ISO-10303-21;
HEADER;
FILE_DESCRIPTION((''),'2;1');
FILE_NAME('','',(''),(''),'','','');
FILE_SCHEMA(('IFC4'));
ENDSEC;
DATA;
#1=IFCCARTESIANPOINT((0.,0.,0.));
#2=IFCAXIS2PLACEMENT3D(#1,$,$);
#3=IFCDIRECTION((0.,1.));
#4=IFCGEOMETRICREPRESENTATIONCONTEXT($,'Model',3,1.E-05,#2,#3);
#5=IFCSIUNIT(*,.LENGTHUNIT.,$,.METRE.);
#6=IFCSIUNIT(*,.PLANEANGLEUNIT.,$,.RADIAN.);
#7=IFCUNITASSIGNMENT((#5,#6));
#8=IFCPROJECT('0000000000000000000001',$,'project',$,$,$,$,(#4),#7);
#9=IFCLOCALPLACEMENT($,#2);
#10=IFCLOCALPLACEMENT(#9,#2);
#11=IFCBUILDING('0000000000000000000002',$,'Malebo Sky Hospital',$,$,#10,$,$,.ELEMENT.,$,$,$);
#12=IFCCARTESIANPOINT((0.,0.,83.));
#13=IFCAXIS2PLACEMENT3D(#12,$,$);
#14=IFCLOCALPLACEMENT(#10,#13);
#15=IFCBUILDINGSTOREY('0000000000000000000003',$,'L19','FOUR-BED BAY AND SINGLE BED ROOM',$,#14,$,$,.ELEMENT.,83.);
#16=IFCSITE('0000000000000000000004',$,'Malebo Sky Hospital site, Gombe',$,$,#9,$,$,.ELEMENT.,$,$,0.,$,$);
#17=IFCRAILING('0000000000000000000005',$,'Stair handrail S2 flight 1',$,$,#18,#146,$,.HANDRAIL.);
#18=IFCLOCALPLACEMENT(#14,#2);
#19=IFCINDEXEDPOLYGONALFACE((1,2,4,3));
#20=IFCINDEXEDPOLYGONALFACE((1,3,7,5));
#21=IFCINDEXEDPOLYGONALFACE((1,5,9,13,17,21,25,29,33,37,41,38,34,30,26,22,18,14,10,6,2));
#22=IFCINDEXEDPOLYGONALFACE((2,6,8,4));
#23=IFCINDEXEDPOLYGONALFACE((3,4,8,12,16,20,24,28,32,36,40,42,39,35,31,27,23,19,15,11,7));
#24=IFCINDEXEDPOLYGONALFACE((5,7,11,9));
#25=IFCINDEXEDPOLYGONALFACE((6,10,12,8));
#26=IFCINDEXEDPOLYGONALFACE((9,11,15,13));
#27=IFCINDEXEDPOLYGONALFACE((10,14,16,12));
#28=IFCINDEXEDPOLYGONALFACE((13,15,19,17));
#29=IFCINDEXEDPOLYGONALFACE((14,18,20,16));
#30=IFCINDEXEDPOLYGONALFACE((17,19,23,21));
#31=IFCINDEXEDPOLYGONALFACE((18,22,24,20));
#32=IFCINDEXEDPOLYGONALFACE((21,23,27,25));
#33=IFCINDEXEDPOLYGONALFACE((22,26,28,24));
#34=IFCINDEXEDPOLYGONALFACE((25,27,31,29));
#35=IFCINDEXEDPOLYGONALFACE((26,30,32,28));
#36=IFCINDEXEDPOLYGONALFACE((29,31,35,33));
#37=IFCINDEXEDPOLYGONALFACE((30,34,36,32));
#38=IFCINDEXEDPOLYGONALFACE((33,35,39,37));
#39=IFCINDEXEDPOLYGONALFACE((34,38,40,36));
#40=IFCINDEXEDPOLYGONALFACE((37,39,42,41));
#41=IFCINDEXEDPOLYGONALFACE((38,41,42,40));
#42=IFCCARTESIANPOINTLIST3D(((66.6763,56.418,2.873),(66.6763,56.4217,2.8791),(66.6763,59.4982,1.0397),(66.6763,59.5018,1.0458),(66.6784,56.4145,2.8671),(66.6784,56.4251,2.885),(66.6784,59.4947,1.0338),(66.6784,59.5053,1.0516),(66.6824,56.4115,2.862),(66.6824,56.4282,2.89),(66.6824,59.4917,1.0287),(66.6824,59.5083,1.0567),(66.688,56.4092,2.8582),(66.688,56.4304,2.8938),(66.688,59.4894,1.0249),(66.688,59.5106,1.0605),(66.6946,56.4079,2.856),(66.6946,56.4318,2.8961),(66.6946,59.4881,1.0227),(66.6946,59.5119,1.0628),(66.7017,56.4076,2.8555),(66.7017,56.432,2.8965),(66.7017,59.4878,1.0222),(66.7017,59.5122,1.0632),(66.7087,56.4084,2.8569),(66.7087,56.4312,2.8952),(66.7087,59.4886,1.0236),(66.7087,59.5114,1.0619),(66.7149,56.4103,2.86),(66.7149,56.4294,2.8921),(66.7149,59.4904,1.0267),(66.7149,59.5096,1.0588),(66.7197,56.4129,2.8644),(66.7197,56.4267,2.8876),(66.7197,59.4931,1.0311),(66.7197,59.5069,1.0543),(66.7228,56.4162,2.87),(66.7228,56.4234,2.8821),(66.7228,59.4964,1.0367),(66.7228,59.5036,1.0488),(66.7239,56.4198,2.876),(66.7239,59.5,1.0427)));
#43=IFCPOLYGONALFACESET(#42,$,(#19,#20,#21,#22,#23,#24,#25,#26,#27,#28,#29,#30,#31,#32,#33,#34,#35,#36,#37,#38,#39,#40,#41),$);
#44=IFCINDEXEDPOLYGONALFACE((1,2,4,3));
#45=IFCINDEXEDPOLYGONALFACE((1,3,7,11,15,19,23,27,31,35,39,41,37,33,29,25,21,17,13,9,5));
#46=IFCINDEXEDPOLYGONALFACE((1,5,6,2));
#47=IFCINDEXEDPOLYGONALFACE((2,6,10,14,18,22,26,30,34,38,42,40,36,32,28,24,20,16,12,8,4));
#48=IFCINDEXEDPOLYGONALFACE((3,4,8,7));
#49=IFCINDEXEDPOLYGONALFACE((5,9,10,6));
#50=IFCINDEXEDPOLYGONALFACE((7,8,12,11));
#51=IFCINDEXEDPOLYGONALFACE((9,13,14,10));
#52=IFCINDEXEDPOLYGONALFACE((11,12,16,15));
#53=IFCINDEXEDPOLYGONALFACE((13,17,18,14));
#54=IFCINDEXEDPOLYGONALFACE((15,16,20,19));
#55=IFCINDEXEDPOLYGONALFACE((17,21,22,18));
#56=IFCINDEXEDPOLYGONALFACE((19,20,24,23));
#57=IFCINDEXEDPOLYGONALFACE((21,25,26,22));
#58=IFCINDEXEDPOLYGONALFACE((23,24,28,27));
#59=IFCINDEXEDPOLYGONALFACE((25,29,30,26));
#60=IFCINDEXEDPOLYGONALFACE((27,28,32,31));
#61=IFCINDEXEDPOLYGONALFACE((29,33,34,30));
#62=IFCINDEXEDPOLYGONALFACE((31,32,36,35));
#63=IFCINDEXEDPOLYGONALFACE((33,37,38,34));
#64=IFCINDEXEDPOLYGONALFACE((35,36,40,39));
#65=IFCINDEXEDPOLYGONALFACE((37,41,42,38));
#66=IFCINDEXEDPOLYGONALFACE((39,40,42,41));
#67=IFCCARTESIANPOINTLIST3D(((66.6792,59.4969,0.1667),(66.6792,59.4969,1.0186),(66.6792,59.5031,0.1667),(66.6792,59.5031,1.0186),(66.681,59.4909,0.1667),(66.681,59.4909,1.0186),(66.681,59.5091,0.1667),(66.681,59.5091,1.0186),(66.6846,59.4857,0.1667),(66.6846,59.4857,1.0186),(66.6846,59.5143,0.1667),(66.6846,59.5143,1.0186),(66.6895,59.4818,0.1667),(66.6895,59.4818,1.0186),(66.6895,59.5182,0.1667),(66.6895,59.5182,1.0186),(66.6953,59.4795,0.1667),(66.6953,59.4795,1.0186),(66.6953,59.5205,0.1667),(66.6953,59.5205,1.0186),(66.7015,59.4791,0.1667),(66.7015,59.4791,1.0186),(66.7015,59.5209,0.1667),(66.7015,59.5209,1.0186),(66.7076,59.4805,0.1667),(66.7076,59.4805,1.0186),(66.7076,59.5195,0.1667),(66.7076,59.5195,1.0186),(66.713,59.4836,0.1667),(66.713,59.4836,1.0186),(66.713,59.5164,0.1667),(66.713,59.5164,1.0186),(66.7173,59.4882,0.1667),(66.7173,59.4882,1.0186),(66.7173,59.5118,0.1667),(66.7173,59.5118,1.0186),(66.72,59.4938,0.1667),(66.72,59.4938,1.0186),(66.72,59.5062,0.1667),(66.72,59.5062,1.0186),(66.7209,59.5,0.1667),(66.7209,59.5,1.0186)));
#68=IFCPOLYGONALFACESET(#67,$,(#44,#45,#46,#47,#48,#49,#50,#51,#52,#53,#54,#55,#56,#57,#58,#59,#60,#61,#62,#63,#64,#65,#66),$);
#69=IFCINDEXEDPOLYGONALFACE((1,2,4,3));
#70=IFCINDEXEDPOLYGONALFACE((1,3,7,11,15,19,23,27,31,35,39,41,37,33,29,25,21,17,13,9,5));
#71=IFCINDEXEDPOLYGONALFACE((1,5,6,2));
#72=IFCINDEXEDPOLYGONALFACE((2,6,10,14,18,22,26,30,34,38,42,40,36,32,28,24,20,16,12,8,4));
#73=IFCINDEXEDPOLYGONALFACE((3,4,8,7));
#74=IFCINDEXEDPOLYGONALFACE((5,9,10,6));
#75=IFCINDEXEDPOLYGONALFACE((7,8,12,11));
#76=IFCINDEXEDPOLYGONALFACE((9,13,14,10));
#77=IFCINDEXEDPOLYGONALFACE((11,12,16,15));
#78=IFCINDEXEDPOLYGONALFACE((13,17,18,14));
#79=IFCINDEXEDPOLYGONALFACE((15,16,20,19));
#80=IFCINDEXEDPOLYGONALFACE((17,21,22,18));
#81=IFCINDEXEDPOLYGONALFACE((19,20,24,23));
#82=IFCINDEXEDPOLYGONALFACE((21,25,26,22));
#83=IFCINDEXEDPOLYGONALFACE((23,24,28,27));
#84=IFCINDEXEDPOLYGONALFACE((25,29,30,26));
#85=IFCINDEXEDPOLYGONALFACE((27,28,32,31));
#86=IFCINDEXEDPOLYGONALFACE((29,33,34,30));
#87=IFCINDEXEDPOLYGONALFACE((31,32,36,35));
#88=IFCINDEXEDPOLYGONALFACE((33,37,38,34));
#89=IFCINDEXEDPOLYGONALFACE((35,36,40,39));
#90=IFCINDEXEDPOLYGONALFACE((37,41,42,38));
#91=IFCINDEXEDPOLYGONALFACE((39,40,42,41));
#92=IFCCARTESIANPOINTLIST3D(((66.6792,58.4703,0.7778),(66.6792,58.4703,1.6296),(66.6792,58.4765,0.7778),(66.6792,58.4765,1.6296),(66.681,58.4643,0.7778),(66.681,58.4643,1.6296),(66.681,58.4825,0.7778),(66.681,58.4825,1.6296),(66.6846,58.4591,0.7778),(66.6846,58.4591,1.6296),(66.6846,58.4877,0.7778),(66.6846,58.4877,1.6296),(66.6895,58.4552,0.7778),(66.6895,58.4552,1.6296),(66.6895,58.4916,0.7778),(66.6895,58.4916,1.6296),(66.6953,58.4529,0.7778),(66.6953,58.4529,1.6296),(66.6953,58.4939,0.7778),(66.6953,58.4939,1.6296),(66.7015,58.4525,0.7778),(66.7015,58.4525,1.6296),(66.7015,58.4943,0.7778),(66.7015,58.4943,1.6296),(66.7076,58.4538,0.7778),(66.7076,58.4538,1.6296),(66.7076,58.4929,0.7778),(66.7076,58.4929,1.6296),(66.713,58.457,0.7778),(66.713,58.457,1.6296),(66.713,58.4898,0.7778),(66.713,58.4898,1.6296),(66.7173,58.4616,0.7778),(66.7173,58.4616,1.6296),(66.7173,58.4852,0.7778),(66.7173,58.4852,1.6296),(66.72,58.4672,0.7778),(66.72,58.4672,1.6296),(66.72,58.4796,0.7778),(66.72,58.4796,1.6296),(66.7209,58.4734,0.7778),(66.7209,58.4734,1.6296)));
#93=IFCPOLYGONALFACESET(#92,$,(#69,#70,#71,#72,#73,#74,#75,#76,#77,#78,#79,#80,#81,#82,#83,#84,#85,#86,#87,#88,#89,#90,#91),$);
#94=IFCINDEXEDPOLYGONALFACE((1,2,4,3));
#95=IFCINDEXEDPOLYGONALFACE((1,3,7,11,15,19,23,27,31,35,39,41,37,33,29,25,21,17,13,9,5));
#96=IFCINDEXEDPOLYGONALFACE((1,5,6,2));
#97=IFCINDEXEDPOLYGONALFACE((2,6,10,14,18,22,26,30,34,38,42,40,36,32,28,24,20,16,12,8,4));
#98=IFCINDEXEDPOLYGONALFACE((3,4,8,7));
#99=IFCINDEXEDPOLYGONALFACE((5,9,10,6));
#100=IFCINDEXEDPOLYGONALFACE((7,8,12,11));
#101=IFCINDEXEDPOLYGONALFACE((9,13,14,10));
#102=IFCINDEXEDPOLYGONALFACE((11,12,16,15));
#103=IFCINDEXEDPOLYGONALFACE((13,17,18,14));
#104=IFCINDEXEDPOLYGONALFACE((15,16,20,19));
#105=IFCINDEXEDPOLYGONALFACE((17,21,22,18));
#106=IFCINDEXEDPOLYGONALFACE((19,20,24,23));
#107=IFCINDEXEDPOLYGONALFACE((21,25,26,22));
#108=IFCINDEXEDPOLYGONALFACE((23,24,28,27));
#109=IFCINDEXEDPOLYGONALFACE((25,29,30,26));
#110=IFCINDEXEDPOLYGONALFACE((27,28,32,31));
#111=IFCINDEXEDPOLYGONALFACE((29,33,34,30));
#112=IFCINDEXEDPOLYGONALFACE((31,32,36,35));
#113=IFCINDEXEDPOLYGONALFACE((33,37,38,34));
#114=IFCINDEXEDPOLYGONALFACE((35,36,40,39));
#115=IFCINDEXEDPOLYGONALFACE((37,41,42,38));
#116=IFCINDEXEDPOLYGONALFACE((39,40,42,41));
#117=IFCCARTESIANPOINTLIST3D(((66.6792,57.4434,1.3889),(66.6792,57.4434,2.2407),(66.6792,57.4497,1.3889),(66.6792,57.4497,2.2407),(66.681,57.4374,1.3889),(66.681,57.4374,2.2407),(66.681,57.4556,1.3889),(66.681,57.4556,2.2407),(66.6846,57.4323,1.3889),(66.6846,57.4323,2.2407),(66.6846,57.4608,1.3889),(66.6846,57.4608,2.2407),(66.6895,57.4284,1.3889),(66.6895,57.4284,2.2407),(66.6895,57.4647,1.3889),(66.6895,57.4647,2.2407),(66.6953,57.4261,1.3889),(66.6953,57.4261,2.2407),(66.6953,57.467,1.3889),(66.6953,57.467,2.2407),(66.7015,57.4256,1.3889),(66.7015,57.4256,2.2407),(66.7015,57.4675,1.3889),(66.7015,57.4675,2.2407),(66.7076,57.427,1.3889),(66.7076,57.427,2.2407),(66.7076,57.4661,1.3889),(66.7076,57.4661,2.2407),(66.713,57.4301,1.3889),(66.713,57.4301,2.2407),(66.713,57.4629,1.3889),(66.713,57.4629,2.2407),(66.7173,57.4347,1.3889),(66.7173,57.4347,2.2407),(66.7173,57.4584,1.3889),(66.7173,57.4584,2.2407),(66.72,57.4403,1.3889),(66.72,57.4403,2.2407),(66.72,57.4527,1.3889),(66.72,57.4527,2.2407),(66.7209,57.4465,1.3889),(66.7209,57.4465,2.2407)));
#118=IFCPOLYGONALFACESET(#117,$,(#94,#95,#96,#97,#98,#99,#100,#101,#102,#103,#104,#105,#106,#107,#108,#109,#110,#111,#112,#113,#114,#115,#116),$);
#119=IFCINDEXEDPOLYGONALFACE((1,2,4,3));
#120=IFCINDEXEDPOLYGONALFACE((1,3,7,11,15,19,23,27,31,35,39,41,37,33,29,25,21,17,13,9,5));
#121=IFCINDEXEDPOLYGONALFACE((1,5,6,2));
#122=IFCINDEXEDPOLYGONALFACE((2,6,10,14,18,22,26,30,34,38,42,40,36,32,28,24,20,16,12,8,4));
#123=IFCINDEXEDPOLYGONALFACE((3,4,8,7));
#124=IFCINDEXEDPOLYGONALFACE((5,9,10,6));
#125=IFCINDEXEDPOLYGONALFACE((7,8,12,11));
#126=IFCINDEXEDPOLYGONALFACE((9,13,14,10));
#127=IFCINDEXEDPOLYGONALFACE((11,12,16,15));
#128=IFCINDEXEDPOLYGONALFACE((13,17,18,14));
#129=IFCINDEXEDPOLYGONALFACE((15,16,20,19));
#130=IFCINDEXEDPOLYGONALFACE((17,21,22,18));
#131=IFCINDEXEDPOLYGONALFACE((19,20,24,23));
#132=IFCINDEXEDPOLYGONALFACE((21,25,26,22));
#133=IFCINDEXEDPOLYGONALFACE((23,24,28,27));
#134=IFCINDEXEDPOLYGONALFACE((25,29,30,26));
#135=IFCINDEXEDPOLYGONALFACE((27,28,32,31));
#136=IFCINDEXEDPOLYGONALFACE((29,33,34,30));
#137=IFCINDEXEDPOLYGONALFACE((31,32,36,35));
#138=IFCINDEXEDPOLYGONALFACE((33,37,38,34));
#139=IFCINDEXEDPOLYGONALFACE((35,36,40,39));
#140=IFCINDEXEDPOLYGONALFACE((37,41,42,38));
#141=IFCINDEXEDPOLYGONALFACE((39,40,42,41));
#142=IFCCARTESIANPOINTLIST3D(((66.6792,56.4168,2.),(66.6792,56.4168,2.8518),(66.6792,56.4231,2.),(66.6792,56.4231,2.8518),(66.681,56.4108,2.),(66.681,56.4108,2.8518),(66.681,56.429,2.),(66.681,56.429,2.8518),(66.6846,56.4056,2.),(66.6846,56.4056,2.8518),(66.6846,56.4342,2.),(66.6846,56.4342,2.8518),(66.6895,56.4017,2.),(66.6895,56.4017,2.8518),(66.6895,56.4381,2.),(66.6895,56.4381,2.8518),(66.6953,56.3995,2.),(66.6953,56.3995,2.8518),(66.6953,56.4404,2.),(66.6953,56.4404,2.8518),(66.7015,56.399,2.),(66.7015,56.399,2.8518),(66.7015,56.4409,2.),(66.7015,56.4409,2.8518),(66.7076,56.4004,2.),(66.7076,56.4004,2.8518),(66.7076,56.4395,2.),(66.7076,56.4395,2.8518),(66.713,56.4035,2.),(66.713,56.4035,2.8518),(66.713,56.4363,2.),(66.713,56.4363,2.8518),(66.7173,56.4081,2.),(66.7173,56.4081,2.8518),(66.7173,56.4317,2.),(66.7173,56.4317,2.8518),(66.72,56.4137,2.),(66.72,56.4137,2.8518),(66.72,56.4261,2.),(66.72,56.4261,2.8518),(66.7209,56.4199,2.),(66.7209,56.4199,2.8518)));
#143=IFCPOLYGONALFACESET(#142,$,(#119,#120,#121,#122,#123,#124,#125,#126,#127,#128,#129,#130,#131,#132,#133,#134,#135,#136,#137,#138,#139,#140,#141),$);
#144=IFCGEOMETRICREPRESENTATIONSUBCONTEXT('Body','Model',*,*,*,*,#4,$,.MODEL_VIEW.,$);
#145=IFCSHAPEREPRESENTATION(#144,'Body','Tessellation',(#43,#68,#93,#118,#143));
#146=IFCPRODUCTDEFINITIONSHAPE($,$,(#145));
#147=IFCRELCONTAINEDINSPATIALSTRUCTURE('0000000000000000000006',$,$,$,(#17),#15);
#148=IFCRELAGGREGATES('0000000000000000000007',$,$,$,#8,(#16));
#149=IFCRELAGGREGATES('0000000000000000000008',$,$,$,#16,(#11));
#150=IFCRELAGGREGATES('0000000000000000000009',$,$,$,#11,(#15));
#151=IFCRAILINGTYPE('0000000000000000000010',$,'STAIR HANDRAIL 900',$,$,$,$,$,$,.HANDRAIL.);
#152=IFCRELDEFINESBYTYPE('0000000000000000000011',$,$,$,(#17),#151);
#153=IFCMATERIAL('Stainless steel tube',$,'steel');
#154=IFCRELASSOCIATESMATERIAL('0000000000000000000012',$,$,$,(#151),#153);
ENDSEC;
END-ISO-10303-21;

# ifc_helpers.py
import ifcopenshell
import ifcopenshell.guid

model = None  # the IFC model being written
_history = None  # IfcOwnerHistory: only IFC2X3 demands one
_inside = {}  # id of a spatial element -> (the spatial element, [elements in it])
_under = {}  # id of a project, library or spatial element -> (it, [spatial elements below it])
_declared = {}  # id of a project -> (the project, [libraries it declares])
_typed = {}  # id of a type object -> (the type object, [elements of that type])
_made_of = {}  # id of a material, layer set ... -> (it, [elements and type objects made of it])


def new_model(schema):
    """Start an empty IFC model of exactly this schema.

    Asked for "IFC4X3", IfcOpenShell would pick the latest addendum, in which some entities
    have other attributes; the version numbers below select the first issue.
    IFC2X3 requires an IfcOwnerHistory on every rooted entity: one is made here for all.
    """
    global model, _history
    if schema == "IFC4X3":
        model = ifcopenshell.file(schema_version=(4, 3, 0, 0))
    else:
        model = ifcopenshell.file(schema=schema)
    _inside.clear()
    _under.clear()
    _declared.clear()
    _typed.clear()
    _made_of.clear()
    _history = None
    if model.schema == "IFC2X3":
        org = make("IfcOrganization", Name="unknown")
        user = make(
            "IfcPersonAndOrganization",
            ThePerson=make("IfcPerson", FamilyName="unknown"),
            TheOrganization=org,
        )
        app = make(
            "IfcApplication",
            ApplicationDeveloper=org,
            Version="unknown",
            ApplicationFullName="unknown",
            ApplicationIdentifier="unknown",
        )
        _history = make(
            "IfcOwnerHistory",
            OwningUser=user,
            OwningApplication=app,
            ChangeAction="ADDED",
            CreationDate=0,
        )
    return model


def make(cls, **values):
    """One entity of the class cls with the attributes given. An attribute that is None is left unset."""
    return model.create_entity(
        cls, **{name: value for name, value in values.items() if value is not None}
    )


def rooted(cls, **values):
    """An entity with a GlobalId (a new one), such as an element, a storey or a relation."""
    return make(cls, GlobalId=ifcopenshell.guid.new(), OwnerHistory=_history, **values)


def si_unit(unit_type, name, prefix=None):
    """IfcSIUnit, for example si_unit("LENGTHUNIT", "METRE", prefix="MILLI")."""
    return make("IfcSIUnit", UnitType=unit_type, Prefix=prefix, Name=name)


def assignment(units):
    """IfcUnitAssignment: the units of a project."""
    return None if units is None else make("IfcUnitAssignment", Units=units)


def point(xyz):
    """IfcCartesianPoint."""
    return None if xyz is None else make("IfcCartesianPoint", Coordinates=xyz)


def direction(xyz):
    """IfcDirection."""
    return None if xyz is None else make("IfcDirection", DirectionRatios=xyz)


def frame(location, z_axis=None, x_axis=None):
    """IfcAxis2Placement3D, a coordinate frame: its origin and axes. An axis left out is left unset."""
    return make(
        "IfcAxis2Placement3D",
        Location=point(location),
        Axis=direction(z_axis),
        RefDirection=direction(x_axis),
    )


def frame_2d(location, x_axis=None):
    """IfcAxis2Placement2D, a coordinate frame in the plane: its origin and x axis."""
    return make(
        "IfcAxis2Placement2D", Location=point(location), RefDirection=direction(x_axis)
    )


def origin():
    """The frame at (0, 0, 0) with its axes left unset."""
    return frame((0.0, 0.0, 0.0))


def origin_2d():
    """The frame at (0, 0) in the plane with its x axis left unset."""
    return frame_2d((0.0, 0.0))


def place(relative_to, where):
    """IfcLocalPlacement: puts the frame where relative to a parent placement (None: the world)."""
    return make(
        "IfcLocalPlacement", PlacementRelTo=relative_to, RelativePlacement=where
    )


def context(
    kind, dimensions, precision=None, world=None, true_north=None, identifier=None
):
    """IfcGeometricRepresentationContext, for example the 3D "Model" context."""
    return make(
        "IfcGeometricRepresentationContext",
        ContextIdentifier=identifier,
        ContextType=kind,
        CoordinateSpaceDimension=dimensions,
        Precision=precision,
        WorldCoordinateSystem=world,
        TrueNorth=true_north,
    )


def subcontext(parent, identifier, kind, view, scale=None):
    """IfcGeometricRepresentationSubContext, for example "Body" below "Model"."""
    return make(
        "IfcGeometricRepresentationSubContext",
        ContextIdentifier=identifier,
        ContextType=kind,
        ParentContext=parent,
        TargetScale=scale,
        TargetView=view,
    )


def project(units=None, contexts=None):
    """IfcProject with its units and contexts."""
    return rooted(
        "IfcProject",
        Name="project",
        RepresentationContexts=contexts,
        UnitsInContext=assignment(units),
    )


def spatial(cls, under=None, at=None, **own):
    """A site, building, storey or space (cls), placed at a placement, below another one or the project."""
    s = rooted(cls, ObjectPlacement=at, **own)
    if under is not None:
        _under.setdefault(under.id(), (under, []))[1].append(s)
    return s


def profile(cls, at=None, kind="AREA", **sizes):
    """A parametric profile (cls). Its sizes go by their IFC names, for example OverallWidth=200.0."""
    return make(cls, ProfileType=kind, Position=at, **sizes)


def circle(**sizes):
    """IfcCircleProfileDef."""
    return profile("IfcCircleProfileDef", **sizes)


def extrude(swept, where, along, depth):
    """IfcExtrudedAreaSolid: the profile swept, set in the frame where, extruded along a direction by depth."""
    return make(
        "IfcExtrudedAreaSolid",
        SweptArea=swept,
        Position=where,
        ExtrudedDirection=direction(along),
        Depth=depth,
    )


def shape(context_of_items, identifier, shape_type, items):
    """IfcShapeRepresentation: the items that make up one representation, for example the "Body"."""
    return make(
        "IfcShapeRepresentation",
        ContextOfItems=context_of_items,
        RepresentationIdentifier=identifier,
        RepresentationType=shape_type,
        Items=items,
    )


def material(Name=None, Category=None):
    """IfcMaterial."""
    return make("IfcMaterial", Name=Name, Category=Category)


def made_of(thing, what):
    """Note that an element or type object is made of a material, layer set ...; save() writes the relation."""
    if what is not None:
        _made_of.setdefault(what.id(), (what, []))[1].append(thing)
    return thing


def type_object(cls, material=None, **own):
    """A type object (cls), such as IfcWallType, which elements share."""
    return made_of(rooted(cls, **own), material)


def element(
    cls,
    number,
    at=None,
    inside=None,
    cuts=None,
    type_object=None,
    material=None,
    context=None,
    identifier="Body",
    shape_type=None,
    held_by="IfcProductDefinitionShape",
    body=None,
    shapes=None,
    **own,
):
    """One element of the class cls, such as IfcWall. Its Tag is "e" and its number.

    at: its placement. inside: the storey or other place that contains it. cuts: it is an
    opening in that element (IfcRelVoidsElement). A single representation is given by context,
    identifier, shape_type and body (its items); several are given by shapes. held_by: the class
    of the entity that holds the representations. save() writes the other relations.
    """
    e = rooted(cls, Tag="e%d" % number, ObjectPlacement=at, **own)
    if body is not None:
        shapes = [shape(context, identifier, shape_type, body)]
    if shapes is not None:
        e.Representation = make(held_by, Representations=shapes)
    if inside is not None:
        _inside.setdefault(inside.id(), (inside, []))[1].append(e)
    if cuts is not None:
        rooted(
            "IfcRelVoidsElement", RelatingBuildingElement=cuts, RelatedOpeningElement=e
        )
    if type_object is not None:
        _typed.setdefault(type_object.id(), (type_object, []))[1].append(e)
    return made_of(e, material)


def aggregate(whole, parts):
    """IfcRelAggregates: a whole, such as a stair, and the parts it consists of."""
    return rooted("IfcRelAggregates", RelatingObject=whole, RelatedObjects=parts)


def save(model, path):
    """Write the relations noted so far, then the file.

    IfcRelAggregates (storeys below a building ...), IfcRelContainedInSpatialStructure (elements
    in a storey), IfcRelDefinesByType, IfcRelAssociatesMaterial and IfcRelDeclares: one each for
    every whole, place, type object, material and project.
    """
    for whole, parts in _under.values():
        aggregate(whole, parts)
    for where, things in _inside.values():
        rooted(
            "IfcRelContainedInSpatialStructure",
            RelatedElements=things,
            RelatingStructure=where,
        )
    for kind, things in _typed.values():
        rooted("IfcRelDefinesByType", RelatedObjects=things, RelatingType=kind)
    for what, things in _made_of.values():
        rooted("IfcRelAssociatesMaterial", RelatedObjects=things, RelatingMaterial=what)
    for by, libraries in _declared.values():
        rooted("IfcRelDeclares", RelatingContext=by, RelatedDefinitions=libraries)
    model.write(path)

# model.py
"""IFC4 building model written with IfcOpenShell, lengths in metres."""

from ifc_helpers import new_model, si_unit, direction, frame, origin, origin_2d, place, context, subcontext, project, spatial, circle, extrude, material, type_object, element, save


model = new_model("IFC4")

# Units and contexts
model_context = context("Model", 3, precision=1e-05, world=origin(), true_north=direction((0.0, 1.0)))
body_context = subcontext(model_context, "Body", "Model", "MODEL_VIEW")
ifc_project = project(units=[si_unit("LENGTHUNIT", "METRE"), si_unit("PLANEANGLEUNIT", "RADIAN")], contexts=[model_context])

# Site, building, storey
site_placement = place(None, origin())
site = spatial("IfcSite", under=ifc_project, at=site_placement, Name="Malebo Sky Hospital site, Gombe", CompositionType="ELEMENT", RefElevation=0.0)
building_placement = place(site_placement, origin())
building = spatial("IfcBuilding", under=site, at=building_placement, Name="Malebo Sky Hospital", CompositionType="ELEMENT")
storey_placement = place(building_placement, frame((0.0, 0.0, 83.0)))
storey = spatial("IfcBuildingStorey", under=building, at=storey_placement, Name="L19", Description="FOUR-BED BAY AND SINGLE BED ROOM", CompositionType="ELEMENT", Elevation=83.0)

# Railing
ifc_material_1 = material(Name="Stainless steel tube", Category="steel")
railing_type = type_object("IfcRailingType", Name="STAIR HANDRAIL 900", PredefinedType="HANDRAIL", material=ifc_material_1)
railing_1_placement = place(storey_placement, frame((66.7, 59.5, 0.1667)))
element("IfcRailing", 1, at=railing_1_placement, inside=storey, type_object=railing_type, Name="Stair handrail S2 flight 1", PredefinedType="HANDRAIL", context=body_context, shape_type="SweptSolid", body=[
    extrude(circle(Radius=0.0239, at=origin_2d()), frame((0.0, 0.0, 0.876), z_axis=(0.0, -0.859309, 0.511458), x_axis=(1.0, 0.0, 0.0)), (0.0, 0.0, 1.0), 3.5845),
    extrude(circle(Radius=0.021, at=origin_2d()), origin(), (0.0, 0.0, 1.0), 0.8518),
    extrude(circle(Radius=0.021, at=origin_2d()), frame((0.0, -1.0266, 0.6111)), (0.0, 0.0, 1.0), 0.8518),
    extrude(circle(Radius=0.021, at=origin_2d()), frame((0.0, -2.0535, 1.2222)), (0.0, 0.0, 1.0), 0.8518),
    extrude(circle(Radius=0.021, at=origin_2d()), frame((0.0, -3.0801, 1.8333)), (0.0, 0.0, 1.0), 0.8518),
])

save(model, "model.ifc")
